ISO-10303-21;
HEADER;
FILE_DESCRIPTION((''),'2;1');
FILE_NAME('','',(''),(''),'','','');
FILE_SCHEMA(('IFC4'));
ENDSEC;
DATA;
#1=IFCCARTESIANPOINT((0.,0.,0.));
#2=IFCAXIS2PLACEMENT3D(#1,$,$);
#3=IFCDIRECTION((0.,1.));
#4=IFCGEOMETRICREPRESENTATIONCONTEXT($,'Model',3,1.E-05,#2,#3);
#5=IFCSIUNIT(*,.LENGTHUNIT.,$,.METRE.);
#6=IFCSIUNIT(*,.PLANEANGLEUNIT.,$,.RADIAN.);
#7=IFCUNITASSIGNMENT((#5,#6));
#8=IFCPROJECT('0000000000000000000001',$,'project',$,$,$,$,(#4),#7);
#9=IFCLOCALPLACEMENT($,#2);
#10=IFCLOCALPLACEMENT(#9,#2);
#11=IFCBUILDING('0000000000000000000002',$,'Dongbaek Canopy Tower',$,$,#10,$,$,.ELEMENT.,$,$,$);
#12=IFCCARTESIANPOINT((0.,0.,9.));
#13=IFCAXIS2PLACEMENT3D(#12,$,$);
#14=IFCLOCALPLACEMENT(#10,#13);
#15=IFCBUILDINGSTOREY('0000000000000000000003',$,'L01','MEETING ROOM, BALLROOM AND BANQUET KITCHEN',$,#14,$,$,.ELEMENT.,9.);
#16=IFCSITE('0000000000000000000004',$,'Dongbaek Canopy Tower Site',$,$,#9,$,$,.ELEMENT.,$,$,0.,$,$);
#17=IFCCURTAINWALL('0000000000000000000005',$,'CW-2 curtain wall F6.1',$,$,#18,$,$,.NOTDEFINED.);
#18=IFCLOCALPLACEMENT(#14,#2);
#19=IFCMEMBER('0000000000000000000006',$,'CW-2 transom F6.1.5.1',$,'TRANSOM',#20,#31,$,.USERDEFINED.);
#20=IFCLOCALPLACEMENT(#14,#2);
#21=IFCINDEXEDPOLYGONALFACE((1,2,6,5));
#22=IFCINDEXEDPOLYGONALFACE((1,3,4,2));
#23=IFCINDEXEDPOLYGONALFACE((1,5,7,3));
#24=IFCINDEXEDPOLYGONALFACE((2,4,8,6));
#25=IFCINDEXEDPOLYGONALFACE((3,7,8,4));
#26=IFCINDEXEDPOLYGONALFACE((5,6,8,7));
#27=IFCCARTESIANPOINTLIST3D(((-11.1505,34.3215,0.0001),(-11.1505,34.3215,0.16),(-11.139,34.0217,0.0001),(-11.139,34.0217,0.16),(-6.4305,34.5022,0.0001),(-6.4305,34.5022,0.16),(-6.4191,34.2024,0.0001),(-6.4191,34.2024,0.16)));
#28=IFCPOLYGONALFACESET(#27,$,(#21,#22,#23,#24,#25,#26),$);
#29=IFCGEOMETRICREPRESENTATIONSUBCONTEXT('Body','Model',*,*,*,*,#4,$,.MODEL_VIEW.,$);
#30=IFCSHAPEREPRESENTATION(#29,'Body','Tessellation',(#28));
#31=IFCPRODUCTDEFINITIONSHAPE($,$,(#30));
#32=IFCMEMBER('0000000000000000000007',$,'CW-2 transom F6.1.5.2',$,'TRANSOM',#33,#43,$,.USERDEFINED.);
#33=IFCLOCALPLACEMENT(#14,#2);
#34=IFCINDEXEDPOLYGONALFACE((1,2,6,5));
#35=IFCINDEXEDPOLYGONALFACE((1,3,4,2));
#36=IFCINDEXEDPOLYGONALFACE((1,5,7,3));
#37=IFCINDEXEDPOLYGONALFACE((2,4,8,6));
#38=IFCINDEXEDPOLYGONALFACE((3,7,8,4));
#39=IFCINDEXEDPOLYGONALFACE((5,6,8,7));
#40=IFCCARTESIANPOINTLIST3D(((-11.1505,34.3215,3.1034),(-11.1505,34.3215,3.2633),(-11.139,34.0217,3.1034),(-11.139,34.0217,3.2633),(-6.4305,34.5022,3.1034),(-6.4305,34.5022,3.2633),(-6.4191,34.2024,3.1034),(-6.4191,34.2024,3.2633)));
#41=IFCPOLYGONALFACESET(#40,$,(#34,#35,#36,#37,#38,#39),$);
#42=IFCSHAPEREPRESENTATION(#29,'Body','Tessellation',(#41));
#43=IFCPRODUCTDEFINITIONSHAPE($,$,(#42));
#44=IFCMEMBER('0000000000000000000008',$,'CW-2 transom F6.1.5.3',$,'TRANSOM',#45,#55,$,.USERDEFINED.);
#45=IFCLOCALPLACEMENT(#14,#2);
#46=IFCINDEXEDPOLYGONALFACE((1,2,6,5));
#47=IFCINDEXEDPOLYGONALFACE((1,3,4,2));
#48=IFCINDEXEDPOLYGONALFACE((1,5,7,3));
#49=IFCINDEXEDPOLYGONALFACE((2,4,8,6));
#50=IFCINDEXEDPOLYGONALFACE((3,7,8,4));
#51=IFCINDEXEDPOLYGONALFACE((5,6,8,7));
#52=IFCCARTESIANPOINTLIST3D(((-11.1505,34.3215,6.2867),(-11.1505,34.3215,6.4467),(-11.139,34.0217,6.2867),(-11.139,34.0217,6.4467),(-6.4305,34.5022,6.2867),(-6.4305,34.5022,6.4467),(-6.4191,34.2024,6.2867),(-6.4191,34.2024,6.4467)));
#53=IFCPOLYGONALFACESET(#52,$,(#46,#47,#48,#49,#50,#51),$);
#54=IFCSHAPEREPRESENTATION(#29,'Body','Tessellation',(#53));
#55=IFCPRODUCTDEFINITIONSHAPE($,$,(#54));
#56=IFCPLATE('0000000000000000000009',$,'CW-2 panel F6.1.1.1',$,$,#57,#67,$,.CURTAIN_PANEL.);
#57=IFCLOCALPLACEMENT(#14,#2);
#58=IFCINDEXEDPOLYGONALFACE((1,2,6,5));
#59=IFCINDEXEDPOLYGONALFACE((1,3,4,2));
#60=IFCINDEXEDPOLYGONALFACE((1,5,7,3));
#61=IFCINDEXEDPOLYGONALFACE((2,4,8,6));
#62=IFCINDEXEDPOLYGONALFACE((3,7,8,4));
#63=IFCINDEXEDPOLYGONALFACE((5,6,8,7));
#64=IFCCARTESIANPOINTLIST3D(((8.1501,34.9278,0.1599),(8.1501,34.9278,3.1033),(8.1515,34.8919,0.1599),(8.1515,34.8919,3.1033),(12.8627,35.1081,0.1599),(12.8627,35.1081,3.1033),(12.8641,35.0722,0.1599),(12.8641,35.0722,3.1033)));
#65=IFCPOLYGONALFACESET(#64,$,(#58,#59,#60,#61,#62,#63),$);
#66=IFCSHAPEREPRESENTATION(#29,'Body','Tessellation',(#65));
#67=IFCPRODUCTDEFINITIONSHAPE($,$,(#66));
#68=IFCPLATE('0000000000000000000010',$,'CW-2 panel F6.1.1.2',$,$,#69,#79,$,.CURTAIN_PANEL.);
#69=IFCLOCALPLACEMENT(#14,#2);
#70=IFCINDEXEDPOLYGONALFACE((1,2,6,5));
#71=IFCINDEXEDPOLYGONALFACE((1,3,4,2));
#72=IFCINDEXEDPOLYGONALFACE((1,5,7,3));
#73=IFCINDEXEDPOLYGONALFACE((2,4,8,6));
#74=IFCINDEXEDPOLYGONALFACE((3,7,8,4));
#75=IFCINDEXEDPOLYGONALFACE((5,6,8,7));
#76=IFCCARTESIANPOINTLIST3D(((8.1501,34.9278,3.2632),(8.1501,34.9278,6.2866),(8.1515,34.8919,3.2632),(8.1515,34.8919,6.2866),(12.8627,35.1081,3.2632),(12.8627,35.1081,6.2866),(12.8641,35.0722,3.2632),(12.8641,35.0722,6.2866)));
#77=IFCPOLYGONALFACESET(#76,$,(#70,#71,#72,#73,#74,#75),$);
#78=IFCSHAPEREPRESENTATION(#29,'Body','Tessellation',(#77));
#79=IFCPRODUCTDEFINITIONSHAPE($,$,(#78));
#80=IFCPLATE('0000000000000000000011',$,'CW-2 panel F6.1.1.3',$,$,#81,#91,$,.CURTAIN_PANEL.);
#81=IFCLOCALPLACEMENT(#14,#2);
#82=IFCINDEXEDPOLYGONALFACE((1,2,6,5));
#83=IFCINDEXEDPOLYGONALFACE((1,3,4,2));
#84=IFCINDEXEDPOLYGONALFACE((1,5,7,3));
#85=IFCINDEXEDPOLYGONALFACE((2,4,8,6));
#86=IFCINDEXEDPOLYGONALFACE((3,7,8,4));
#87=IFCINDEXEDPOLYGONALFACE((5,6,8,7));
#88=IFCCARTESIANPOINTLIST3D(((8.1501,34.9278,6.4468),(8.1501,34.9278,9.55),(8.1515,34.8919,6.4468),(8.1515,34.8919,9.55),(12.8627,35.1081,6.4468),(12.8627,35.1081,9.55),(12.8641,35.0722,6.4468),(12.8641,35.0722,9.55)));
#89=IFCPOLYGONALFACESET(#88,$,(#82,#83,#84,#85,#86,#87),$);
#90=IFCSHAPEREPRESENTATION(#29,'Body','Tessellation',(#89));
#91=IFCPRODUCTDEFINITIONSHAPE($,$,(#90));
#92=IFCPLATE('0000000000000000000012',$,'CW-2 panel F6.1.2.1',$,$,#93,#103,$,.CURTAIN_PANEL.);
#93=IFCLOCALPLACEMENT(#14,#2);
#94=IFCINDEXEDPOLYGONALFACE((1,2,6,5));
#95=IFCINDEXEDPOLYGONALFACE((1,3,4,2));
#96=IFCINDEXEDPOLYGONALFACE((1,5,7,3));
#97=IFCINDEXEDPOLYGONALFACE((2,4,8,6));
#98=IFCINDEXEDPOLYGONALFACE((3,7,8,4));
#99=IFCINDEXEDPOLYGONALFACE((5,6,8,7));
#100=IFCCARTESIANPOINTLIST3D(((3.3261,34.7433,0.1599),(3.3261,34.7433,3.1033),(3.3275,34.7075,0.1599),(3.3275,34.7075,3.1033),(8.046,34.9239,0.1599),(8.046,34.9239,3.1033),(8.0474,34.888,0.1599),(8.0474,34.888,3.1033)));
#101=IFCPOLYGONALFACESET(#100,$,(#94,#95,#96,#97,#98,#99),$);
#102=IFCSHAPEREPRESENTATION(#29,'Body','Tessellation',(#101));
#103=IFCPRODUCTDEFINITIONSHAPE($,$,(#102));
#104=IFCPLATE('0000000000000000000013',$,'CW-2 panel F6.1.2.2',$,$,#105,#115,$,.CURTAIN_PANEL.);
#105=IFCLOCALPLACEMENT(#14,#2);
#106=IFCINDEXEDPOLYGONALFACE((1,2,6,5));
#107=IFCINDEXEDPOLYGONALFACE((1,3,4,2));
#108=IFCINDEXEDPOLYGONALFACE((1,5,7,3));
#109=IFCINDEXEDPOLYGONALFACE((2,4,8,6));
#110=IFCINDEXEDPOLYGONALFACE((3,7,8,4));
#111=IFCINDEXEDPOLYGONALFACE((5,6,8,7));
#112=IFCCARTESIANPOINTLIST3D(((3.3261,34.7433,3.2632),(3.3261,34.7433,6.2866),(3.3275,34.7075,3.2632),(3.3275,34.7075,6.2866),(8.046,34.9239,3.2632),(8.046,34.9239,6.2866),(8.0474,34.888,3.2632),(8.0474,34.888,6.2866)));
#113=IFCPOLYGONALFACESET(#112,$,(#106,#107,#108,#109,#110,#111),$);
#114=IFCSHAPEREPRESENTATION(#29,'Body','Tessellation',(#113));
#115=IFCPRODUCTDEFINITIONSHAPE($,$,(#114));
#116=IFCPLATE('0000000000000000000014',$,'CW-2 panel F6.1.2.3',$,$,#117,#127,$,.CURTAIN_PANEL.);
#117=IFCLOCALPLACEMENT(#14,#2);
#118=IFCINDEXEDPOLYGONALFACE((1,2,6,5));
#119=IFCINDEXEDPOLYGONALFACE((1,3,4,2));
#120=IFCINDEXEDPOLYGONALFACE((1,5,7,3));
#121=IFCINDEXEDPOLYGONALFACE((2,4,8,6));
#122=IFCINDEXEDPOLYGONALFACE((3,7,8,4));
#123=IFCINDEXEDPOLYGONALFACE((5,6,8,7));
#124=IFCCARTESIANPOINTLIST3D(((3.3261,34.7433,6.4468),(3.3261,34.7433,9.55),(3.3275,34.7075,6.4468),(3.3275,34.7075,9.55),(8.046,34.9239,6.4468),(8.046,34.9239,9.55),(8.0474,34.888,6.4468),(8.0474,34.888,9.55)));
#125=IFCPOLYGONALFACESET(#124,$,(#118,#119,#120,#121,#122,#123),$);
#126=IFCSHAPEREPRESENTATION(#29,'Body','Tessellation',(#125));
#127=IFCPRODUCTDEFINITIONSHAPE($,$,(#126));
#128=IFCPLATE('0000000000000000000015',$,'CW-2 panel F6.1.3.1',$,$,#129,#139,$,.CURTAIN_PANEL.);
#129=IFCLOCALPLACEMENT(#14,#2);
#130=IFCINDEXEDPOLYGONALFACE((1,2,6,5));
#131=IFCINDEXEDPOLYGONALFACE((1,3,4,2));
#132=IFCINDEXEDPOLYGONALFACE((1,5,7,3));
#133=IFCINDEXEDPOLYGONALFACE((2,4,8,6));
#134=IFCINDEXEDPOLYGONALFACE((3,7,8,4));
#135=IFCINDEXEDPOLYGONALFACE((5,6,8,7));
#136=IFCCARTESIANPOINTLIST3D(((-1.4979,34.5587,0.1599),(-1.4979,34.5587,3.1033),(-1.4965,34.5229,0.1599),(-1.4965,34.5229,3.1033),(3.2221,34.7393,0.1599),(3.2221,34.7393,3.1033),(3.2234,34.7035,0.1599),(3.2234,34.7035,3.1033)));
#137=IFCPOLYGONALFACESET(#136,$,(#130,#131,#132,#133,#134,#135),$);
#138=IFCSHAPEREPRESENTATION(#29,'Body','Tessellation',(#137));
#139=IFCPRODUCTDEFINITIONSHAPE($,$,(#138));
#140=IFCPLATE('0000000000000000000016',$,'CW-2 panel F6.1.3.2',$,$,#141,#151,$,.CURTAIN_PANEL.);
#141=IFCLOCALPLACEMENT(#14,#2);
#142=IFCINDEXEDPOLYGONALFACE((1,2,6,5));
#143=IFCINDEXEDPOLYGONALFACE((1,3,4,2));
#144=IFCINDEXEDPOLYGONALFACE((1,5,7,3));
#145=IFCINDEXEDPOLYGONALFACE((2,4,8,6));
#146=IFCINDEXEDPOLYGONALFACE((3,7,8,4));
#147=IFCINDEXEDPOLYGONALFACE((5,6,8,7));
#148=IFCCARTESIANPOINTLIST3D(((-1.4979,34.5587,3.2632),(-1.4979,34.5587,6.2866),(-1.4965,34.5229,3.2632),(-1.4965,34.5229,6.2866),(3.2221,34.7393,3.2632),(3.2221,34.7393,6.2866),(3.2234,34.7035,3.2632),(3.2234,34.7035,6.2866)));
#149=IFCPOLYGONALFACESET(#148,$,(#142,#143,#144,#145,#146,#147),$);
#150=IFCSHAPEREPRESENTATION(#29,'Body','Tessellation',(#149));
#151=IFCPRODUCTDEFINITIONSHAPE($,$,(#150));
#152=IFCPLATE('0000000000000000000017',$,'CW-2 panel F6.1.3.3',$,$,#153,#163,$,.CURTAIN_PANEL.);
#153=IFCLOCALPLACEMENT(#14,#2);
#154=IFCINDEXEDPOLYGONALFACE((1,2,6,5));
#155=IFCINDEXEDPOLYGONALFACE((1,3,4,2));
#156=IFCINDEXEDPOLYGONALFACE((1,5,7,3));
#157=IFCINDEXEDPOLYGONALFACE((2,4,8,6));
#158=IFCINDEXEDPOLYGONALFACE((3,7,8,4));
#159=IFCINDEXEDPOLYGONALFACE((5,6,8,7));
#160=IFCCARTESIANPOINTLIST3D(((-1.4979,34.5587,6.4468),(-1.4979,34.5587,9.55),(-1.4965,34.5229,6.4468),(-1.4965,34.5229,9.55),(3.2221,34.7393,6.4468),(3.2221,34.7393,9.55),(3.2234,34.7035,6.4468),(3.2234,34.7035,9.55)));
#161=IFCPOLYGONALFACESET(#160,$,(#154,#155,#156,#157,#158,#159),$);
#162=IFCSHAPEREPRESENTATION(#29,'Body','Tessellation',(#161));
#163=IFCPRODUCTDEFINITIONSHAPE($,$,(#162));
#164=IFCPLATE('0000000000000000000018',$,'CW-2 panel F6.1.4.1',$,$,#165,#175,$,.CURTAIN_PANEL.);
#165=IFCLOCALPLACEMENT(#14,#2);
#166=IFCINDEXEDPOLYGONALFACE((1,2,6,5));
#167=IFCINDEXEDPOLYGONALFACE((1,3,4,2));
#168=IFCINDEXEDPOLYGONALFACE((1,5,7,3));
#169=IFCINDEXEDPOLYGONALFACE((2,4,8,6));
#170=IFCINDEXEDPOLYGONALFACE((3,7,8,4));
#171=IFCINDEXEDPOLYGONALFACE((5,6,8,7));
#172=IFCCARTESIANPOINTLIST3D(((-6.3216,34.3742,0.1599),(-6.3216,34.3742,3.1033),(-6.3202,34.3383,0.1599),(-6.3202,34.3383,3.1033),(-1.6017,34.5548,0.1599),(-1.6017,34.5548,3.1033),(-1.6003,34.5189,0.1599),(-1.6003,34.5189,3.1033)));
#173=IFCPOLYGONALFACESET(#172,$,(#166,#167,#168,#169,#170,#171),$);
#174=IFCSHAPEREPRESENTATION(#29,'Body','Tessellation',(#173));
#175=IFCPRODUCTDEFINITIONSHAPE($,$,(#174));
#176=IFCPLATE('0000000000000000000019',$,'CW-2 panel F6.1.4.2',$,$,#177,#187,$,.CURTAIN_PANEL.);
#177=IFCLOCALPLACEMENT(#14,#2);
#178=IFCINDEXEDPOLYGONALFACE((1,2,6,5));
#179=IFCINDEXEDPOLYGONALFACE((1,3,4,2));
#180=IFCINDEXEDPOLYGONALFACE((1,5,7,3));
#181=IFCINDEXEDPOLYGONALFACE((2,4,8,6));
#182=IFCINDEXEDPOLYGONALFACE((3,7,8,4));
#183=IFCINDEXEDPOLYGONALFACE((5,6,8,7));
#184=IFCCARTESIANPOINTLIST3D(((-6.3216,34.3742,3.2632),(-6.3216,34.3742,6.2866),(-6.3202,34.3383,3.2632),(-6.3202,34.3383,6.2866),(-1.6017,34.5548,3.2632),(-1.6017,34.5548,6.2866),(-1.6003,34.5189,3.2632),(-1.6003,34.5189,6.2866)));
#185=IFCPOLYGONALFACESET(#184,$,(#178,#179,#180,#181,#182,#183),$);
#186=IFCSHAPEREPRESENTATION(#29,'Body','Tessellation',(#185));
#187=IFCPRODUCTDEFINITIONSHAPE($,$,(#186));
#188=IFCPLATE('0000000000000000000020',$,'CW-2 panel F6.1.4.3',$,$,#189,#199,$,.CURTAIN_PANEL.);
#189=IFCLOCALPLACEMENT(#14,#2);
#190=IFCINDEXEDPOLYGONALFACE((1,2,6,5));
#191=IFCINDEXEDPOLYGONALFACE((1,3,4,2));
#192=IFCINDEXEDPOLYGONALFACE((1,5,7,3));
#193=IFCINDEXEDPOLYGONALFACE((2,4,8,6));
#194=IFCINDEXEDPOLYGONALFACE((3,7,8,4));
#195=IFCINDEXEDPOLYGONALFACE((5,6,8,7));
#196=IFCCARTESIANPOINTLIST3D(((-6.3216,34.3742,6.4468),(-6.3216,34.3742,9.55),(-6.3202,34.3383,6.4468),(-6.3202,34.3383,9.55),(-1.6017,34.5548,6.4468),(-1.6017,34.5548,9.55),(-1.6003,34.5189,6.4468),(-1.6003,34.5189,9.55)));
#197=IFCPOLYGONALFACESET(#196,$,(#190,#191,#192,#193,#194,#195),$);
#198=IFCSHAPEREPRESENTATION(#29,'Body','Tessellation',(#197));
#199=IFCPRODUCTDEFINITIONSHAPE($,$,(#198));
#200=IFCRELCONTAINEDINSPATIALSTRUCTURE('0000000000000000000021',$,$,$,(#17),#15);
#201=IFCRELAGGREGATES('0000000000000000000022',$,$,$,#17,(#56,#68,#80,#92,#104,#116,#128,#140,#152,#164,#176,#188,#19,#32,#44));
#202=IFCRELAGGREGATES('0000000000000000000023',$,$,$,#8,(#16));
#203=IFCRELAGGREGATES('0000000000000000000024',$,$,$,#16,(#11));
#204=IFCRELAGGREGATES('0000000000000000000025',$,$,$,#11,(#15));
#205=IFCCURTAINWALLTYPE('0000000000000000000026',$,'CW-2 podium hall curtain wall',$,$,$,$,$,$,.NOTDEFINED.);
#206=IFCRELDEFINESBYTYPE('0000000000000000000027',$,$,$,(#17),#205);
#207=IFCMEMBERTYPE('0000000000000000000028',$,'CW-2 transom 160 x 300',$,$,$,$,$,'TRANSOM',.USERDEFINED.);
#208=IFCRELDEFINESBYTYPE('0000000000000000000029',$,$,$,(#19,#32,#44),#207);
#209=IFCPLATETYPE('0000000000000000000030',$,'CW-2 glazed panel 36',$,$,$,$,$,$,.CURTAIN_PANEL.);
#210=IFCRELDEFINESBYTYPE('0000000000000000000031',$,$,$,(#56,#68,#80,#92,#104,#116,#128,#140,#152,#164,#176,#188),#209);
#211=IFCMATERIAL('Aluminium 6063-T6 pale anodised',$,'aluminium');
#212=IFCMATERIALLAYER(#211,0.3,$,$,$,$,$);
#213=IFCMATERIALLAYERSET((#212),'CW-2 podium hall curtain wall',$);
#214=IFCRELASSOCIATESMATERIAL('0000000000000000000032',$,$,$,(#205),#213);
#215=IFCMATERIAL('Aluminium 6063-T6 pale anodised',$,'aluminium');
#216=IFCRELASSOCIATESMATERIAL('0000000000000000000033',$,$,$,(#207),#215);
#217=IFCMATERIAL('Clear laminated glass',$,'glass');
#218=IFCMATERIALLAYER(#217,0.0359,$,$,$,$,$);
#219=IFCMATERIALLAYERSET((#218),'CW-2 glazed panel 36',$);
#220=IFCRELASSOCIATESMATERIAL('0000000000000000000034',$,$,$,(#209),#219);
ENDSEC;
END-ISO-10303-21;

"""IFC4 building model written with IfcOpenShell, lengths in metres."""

from ifc_helpers import new_model, si_unit, direction, frame, origin, origin_2d, place, context, subcontext, project, spatial, rectangle, extrude, material, layer, layer_set, material_profile, profile_set, type_object, element, aggregate, save


model = new_model("IFC4")

# Units and contexts
model_context = context("Model", 3, precision=1e-05, world=origin(), true_north=direction((0.0, 1.0)))
body_context = subcontext(model_context, "Body", "Model", "MODEL_VIEW")
ifc_project = project(units=[si_unit("LENGTHUNIT", "METRE"), si_unit("PLANEANGLEUNIT", "RADIAN")], contexts=[model_context])

# Site, building, storey
site_placement = place(None, origin())
site = spatial("IfcSite", under=ifc_project, at=site_placement, Name="Dongbaek Canopy Tower Site", CompositionType="ELEMENT", RefElevation=0.0)
building_placement = place(site_placement, origin())
building = spatial("IfcBuilding", under=site, at=building_placement, Name="Dongbaek Canopy Tower", CompositionType="ELEMENT")
storey_placement = place(building_placement, frame((0.0, 0.0, 9.0)))
storey = spatial("IfcBuildingStorey", under=building, at=storey_placement, Name="L01", Description="MEETING ROOM, BALLROOM AND BANQUET KITCHEN", CompositionType="ELEMENT", Elevation=9.0)

# Curtain wall, members, plates
ifc_material_1 = material(Name="Aluminium 6063-T6 pale anodised", Category="aluminium")
ifc_layer_1 = layer(ifc_material_1, 0.3)
ifc_layer_set_1 = layer_set([ifc_layer_1], Name="CW-2 podium hall curtain wall")
curtain_wall_type = type_object("IfcCurtainWallType", Name="CW-2 podium hall curtain wall", PredefinedType="NOTDEFINED", material=ifc_layer_set_1)
curtain_wall_placement = place(storey_placement, origin())
curtain_wall = element("IfcCurtainWall", 1, at=curtain_wall_placement, inside=storey, type_object=curtain_wall_type, Name="CW-2 curtain wall F6.1", PredefinedType="NOTDEFINED")
ifc_material_2 = material(Name="Aluminium 6063-T6 pale anodised", Category="aluminium")
ifc_material_profile_1 = material_profile(ifc_material_2, rectangle(XDim=0.3, YDim=0.1599, at=origin_2d()), Name="CW-2 transom 160 x 300")
ifc_profile_set_1 = profile_set([ifc_material_profile_1], Name="Aluminium 6063-T6 pale anodised")
member_type_1 = type_object("IfcMemberType", Name="CW-2 transom 160 x 300", ElementType="TRANSOM", PredefinedType="USERDEFINED", material=ifc_profile_set_1)
member_1_placement = place(storey_placement, frame((-6.4248, 34.3523, 0.0801), z_axis=(-0.999268, -0.038249, 0.0), x_axis=(0.038249, -0.999268, 0.0)))
member_1 = element("IfcMember", 2, at=member_1_placement, type_object=member_type_1, Name="CW-2 transom F6.1.5.1", ObjectType="TRANSOM", PredefinedType="USERDEFINED", context=body_context, shape_type="SweptSolid", body=[
    extrude(rectangle(XDim=0.3, YDim=0.1599, at=origin_2d()), origin(), (0.0, 0.0, 1.0), 4.7234),
])
member_2_placement = place(storey_placement, frame((-6.4248, 34.3523, 3.1833), z_axis=(-0.999268, -0.038249, 0.0), x_axis=(0.038249, -0.999268, 0.0)))
member_2 = element("IfcMember", 3, at=member_2_placement, type_object=member_type_1, Name="CW-2 transom F6.1.5.2", ObjectType="TRANSOM", PredefinedType="USERDEFINED", context=body_context, shape_type="SweptSolid", body=[
    extrude(rectangle(XDim=0.3, YDim=0.1599, at=origin_2d()), origin(), (0.0, 0.0, 1.0), 4.7234),
])
member_3_placement = place(storey_placement, frame((-6.4248, 34.3523, 6.3667), z_axis=(-0.999268, -0.038249, 0.0), x_axis=(0.038249, -0.999268, 0.0)))
member_3 = element("IfcMember", 4, at=member_3_placement, type_object=member_type_1, Name="CW-2 transom F6.1.5.3", ObjectType="TRANSOM", PredefinedType="USERDEFINED", context=body_context, shape_type="SweptSolid", body=[
    extrude(rectangle(XDim=0.3, YDim=0.1599, at=origin_2d()), origin(), (0.0, 0.0, 1.0), 4.7234),
])
ifc_material_3 = material(Name="Clear laminated glass", Category="glass")
ifc_layer_2 = layer(ifc_material_3, 0.0359)
ifc_layer_set_2 = layer_set([ifc_layer_2], Name="CW-2 glazed panel 36")
plate_type = type_object("IfcPlateType", Name="CW-2 glazed panel 36", PredefinedType="CURTAIN_PANEL", material=ifc_layer_set_2)
plate_1_placement = place(storey_placement, frame((10.5071, 35.0, 0.1599), z_axis=(0.0, 0.0, 1.0), x_axis=(-0.999269, -0.038232, 0.0)))
plate_1 = element("IfcPlate", 5, at=plate_1_placement, type_object=plate_type, Name="CW-2 panel F6.1.1.1", PredefinedType="CURTAIN_PANEL", context=body_context, shape_type="SweptSolid", body=[
    extrude(rectangle(XDim=4.7161, YDim=0.0359, at=origin_2d()), origin(), (0.0, 0.0, 1.0), 2.9434),
])
plate_2_placement = place(storey_placement, frame((10.5071, 35.0, 3.2632), z_axis=(0.0, 0.0, 1.0), x_axis=(-0.999269, -0.038232, 0.0)))
plate_2 = element("IfcPlate", 6, at=plate_2_placement, type_object=plate_type, Name="CW-2 panel F6.1.1.2", PredefinedType="CURTAIN_PANEL", context=body_context, shape_type="SweptSolid", body=[
    extrude(rectangle(XDim=4.7161, YDim=0.0359, at=origin_2d()), origin(), (0.0, 0.0, 1.0), 3.0234),
])
plate_3_placement = place(storey_placement, frame((10.5071, 35.0, 6.4468), z_axis=(0.0, 0.0, 1.0), x_axis=(-0.999269, -0.038232, 0.0)))
plate_3 = element("IfcPlate", 7, at=plate_3_placement, type_object=plate_type, Name="CW-2 panel F6.1.1.3", PredefinedType="CURTAIN_PANEL", context=body_context, shape_type="SweptSolid", body=[
    extrude(rectangle(XDim=4.7161, YDim=0.0359, at=origin_2d()), origin(), (0.0, 0.0, 1.0), 3.1033),
])
plate_4_placement = place(storey_placement, frame((5.6868, 34.8157, 0.1599), z_axis=(0.0, 0.0, 1.0), x_axis=(-0.999269, -0.038232, 0.0)))
plate_4 = element("IfcPlate", 8, at=plate_4_placement, type_object=plate_type, Name="CW-2 panel F6.1.2.1", PredefinedType="CURTAIN_PANEL", context=body_context, shape_type="SweptSolid", body=[
    extrude(rectangle(XDim=4.7234, YDim=0.0359, at=origin_2d()), origin(), (0.0, 0.0, 1.0), 2.9434),
])
plate_5_placement = place(storey_placement, frame((5.6868, 34.8157, 3.2632), z_axis=(0.0, 0.0, 1.0), x_axis=(-0.999269, -0.038232, 0.0)))
plate_5 = element("IfcPlate", 9, at=plate_5_placement, type_object=plate_type, Name="CW-2 panel F6.1.2.2", PredefinedType="CURTAIN_PANEL", context=body_context, shape_type="SweptSolid", body=[
    extrude(rectangle(XDim=4.7234, YDim=0.0359, at=origin_2d()), origin(), (0.0, 0.0, 1.0), 3.0234),
])
plate_6_placement = place(storey_placement, frame((5.6868, 34.8157, 6.4468), z_axis=(0.0, 0.0, 1.0), x_axis=(-0.999269, -0.038232, 0.0)))
plate_6 = element("IfcPlate", 10, at=plate_6_placement, type_object=plate_type, Name="CW-2 panel F6.1.2.3", PredefinedType="CURTAIN_PANEL", context=body_context, shape_type="SweptSolid", body=[
    extrude(rectangle(XDim=4.7234, YDim=0.0359, at=origin_2d()), origin(), (0.0, 0.0, 1.0), 3.1033),
])
plate_7_placement = place(storey_placement, frame((0.8628, 34.6311, 0.1599), z_axis=(0.0, 0.0, 1.0), x_axis=(-0.999269, -0.038232, 0.0)))
plate_7 = element("IfcPlate", 11, at=plate_7_placement, type_object=plate_type, Name="CW-2 panel F6.1.3.1", PredefinedType="CURTAIN_PANEL", context=body_context, shape_type="SweptSolid", body=[
    extrude(rectangle(XDim=4.7234, YDim=0.0359, at=origin_2d()), origin(), (0.0, 0.0, 1.0), 2.9434),
])
plate_8_placement = place(storey_placement, frame((0.8628, 34.6311, 3.2632), z_axis=(0.0, 0.0, 1.0), x_axis=(-0.999269, -0.038232, 0.0)))
plate_8 = element("IfcPlate", 12, at=plate_8_placement, type_object=plate_type, Name="CW-2 panel F6.1.3.2", PredefinedType="CURTAIN_PANEL", context=body_context, shape_type="SweptSolid", body=[
    extrude(rectangle(XDim=4.7234, YDim=0.0359, at=origin_2d()), origin(), (0.0, 0.0, 1.0), 3.0234),
])
plate_9_placement = place(storey_placement, frame((0.8628, 34.6311, 6.4468), z_axis=(0.0, 0.0, 1.0), x_axis=(-0.999269, -0.038232, 0.0)))
plate_9 = element("IfcPlate", 13, at=plate_9_placement, type_object=plate_type, Name="CW-2 panel F6.1.3.3", PredefinedType="CURTAIN_PANEL", context=body_context, shape_type="SweptSolid", body=[
    extrude(rectangle(XDim=4.7234, YDim=0.0359, at=origin_2d()), origin(), (0.0, 0.0, 1.0), 3.1033),
])
plate_10_placement = place(storey_placement, frame((-3.9609, 34.4465, 0.1599), z_axis=(0.0, 0.0, 1.0), x_axis=(-0.999269, -0.038232, 0.0)))
plate_10 = element("IfcPlate", 14, at=plate_10_placement, type_object=plate_type, Name="CW-2 panel F6.1.4.1", PredefinedType="CURTAIN_PANEL", context=body_context, shape_type="SweptSolid", body=[
    extrude(rectangle(XDim=4.7234, YDim=0.0359, at=origin_2d()), origin(), (0.0, 0.0, 1.0), 2.9434),
])
plate_11_placement = place(storey_placement, frame((-3.9609, 34.4465, 3.2632), z_axis=(0.0, 0.0, 1.0), x_axis=(-0.999269, -0.038232, 0.0)))
plate_11 = element("IfcPlate", 15, at=plate_11_placement, type_object=plate_type, Name="CW-2 panel F6.1.4.2", PredefinedType="CURTAIN_PANEL", context=body_context, shape_type="SweptSolid", body=[
    extrude(rectangle(XDim=4.7234, YDim=0.0359, at=origin_2d()), origin(), (0.0, 0.0, 1.0), 3.0234),
])
plate_12_placement = place(storey_placement, frame((-3.9609, 34.4465, 6.4468), z_axis=(0.0, 0.0, 1.0), x_axis=(-0.999269, -0.038232, 0.0)))
plate_12 = element("IfcPlate", 16, at=plate_12_placement, type_object=plate_type, Name="CW-2 panel F6.1.4.3", PredefinedType="CURTAIN_PANEL", context=body_context, shape_type="SweptSolid", body=[
    extrude(rectangle(XDim=4.7234, YDim=0.0359, at=origin_2d()), origin(), (0.0, 0.0, 1.0), 3.1033),
])
aggregate(curtain_wall, [plate_1, plate_2, plate_3, plate_4, plate_5, plate_6, plate_7, plate_8, plate_9, plate_10, plate_11, plate_12, member_1, member_2, member_3])

save(model, "model.ifc")
